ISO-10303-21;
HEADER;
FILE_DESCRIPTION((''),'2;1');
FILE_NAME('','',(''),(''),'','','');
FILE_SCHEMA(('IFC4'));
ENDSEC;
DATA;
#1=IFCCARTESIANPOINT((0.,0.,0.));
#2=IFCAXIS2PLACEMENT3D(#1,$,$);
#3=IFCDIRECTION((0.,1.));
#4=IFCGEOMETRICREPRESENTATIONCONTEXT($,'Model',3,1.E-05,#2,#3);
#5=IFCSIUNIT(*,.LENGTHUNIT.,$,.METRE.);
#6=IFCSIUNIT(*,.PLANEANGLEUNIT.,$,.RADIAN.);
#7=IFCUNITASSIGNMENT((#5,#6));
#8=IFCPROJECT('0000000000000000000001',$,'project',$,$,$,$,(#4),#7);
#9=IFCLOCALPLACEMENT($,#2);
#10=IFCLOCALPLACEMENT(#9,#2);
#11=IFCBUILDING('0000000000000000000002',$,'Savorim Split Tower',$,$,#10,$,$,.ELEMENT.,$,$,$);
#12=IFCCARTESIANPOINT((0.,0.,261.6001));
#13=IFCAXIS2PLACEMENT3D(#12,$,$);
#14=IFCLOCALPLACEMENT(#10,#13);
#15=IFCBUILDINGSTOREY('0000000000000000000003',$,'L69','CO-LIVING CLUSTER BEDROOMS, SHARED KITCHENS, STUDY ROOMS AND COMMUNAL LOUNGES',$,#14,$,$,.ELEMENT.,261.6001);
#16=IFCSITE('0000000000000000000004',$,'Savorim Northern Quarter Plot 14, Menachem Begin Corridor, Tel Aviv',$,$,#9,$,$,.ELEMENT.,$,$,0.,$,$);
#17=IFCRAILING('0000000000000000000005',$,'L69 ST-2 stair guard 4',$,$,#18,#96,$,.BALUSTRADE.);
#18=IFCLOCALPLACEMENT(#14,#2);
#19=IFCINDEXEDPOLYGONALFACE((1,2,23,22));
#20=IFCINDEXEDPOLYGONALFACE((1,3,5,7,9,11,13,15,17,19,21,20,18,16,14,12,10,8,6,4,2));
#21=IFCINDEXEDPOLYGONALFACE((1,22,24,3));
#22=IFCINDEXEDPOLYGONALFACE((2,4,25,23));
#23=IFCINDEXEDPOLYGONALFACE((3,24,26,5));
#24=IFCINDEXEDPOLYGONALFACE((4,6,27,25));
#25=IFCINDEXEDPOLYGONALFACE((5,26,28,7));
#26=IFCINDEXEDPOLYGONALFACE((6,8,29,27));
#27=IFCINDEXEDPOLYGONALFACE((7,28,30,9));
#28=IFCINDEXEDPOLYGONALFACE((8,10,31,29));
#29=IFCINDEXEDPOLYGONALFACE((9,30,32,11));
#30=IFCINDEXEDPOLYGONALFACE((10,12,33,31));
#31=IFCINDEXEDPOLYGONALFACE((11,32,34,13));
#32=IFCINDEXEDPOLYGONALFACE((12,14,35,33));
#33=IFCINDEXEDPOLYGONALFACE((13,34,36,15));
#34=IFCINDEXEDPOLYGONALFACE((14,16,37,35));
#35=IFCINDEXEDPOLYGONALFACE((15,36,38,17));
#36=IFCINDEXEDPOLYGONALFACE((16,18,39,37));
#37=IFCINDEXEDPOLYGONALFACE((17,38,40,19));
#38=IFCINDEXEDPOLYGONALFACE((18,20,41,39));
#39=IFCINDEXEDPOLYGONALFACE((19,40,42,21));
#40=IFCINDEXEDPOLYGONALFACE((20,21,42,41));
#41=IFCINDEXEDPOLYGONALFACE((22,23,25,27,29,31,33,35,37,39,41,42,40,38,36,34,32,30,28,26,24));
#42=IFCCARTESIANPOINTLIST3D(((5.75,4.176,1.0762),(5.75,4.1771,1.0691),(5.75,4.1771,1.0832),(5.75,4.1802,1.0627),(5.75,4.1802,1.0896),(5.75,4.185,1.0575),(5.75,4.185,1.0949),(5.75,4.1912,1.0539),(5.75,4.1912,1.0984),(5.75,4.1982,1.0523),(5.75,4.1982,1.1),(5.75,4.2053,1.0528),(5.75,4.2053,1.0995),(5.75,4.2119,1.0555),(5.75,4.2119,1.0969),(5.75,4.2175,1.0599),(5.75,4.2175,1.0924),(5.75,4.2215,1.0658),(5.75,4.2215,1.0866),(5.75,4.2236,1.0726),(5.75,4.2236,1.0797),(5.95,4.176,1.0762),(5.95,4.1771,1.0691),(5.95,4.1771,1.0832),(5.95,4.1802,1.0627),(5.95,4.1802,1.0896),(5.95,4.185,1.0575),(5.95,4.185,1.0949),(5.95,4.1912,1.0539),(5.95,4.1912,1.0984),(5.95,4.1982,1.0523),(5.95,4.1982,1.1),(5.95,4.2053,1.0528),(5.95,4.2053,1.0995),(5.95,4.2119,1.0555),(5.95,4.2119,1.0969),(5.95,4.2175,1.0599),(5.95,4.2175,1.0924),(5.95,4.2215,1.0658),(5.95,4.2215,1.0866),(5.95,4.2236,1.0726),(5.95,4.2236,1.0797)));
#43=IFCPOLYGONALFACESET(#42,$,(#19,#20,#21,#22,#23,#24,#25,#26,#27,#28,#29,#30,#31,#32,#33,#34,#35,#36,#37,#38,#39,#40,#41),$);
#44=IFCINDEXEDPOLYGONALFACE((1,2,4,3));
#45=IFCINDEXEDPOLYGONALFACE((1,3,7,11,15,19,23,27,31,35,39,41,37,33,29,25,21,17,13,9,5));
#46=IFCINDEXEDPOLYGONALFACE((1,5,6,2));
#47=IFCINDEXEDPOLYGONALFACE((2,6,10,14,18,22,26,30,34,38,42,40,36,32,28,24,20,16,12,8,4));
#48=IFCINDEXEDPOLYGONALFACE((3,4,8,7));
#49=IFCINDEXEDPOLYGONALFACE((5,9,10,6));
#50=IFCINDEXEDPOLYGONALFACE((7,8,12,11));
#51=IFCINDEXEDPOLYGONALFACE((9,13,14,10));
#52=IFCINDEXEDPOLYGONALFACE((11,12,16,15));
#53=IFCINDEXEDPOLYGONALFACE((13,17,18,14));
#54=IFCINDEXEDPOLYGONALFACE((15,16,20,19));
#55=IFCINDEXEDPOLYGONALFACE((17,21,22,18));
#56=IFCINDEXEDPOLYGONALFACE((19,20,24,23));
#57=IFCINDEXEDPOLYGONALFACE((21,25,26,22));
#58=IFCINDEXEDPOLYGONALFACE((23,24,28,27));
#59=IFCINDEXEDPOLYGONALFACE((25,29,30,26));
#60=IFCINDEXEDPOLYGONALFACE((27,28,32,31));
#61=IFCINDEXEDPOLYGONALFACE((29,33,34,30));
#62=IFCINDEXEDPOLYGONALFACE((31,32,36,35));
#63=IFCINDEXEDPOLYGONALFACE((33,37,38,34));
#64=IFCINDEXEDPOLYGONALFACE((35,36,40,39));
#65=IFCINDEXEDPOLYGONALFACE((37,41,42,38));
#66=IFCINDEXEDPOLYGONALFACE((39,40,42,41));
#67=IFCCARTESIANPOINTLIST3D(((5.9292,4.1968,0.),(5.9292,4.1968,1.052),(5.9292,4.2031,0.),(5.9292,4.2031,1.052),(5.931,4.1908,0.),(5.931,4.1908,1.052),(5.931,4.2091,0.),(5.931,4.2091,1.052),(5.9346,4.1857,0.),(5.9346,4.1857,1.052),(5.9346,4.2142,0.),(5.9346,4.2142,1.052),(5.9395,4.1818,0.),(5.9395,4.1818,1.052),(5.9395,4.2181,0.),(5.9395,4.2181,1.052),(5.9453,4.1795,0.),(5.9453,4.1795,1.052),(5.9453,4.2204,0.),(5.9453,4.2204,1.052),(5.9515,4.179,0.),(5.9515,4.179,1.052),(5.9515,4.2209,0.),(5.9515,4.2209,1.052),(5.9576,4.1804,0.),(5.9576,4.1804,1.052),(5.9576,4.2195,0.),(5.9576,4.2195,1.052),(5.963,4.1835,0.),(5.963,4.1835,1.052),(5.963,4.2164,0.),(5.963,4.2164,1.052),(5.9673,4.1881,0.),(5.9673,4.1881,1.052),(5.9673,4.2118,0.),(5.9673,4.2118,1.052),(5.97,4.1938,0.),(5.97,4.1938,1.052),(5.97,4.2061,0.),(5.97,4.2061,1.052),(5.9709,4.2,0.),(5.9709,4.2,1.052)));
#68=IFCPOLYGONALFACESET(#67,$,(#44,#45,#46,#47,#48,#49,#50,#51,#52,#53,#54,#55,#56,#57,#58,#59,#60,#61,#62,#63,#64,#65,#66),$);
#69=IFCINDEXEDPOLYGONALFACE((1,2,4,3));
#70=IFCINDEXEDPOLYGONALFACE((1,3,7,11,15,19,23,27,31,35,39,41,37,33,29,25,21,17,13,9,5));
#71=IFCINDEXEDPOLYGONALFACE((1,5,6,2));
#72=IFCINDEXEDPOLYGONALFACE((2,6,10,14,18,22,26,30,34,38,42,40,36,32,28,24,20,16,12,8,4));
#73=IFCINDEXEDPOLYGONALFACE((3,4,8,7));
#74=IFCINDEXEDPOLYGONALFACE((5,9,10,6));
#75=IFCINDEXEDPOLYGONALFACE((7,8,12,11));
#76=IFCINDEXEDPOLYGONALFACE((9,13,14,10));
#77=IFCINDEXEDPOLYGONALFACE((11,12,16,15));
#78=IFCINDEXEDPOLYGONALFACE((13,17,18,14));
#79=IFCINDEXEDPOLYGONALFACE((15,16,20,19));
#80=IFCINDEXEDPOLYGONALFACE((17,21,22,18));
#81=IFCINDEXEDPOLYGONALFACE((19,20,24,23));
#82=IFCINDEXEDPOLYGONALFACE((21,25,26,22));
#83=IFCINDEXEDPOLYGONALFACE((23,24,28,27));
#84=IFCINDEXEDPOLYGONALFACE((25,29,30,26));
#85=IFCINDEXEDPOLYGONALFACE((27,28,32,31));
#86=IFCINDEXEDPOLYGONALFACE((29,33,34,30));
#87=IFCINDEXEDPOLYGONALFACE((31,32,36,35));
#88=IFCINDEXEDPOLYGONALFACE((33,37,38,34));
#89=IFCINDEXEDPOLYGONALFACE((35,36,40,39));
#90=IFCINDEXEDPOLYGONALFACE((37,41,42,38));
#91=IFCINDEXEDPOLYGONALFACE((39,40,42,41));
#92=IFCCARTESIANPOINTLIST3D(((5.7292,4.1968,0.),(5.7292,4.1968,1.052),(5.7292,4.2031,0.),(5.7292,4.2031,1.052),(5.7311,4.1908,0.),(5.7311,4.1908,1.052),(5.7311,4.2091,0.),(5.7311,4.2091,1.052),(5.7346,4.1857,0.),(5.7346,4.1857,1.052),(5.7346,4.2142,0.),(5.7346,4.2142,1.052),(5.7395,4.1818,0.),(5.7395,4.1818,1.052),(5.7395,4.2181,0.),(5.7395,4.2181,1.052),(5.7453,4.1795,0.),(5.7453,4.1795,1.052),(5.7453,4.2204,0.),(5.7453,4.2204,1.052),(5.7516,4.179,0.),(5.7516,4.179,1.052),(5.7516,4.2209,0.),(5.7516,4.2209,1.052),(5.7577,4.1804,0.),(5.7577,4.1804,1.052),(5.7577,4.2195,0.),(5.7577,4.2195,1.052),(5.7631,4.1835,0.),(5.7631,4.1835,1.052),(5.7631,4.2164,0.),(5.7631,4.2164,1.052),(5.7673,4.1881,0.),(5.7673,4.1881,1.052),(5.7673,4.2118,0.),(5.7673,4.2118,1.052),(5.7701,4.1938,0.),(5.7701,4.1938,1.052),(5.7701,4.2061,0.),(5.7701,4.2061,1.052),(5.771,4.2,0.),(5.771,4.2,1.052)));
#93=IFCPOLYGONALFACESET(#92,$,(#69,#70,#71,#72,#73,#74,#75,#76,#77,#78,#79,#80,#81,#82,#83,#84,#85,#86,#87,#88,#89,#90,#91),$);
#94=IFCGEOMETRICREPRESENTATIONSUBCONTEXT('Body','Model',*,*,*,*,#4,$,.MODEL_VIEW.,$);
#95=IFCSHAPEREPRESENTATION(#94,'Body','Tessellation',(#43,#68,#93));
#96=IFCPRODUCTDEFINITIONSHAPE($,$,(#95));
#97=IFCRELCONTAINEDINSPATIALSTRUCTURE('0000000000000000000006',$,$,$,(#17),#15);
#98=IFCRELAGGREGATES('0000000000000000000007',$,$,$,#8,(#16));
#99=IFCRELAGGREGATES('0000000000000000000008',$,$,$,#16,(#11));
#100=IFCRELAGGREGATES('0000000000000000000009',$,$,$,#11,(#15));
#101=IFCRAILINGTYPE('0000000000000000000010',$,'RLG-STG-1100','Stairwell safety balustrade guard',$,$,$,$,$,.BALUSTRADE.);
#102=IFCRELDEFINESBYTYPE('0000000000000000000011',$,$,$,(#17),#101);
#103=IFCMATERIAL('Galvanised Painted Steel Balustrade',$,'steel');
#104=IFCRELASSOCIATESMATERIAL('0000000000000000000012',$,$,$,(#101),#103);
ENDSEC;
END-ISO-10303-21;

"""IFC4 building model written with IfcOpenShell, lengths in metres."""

from ifc_helpers import new_model, si_unit, direction, frame, origin, origin_2d, place, context, subcontext, project, spatial, circle, extrude, material, type_object, element, save


model = new_model("IFC4")

# Units and contexts
model_context = context("Model", 3, precision=1e-05, world=origin(), true_north=direction((0.0, 1.0)))
body_context = subcontext(model_context, "Body", "Model", "MODEL_VIEW")
ifc_project = project(units=[si_unit("LENGTHUNIT", "METRE"), si_unit("PLANEANGLEUNIT", "RADIAN")], contexts=[model_context])

# Site, building, storey
site_placement = place(None, origin())
site = spatial("IfcSite", under=ifc_project, at=site_placement, Name="Savorim Northern Quarter Plot 14, Menachem Begin Corridor, Tel Aviv", CompositionType="ELEMENT", RefElevation=0.0)
building_placement = place(site_placement, origin())
building = spatial("IfcBuilding", under=site, at=building_placement, Name="Savorim Split Tower", CompositionType="ELEMENT")
storey_placement = place(building_placement, frame((0.0, 0.0, 261.6001)))
storey = spatial("IfcBuildingStorey", under=building, at=storey_placement, Name="L69", Description="CO-LIVING CLUSTER BEDROOMS, SHARED KITCHENS, STUDY ROOMS AND COMMUNAL LOUNGES", CompositionType="ELEMENT", Elevation=261.6001)

# Railing
ifc_material_1 = material(Name="Galvanised Painted Steel Balustrade", Category="steel")
railing_type_1 = type_object("IfcRailingType", Name="RLG-STG-1100", Description="Stairwell safety balustrade guard", PredefinedType="BALUSTRADE", material=ifc_material_1)
railing_1_placement = place(storey_placement, frame((5.95, 4.2, 0.0)))
element("IfcRailing", 1, at=railing_1_placement, inside=storey, type_object=railing_type_1, Name="L69 ST-2 stair guard 4", PredefinedType="BALUSTRADE", context=body_context, shape_type="SweptSolid", body=[
    extrude(circle(Radius=0.0239, at=origin_2d()), frame((0.0, 0.0, 1.0762), z_axis=(-1.0, 0.0, 0.0), x_axis=(0.0, -1.0, 0.0)), (0.0, 0.0, 1.0), 0.2),
    extrude(circle(Radius=0.021, at=origin_2d()), origin(), (0.0, 0.0, 1.0), 1.052),
    extrude(circle(Radius=0.021, at=origin_2d()), frame((-0.2, 0.0, 0.0)), (0.0, 0.0, 1.0), 1.052),
])

save(model, "model.ifc")
